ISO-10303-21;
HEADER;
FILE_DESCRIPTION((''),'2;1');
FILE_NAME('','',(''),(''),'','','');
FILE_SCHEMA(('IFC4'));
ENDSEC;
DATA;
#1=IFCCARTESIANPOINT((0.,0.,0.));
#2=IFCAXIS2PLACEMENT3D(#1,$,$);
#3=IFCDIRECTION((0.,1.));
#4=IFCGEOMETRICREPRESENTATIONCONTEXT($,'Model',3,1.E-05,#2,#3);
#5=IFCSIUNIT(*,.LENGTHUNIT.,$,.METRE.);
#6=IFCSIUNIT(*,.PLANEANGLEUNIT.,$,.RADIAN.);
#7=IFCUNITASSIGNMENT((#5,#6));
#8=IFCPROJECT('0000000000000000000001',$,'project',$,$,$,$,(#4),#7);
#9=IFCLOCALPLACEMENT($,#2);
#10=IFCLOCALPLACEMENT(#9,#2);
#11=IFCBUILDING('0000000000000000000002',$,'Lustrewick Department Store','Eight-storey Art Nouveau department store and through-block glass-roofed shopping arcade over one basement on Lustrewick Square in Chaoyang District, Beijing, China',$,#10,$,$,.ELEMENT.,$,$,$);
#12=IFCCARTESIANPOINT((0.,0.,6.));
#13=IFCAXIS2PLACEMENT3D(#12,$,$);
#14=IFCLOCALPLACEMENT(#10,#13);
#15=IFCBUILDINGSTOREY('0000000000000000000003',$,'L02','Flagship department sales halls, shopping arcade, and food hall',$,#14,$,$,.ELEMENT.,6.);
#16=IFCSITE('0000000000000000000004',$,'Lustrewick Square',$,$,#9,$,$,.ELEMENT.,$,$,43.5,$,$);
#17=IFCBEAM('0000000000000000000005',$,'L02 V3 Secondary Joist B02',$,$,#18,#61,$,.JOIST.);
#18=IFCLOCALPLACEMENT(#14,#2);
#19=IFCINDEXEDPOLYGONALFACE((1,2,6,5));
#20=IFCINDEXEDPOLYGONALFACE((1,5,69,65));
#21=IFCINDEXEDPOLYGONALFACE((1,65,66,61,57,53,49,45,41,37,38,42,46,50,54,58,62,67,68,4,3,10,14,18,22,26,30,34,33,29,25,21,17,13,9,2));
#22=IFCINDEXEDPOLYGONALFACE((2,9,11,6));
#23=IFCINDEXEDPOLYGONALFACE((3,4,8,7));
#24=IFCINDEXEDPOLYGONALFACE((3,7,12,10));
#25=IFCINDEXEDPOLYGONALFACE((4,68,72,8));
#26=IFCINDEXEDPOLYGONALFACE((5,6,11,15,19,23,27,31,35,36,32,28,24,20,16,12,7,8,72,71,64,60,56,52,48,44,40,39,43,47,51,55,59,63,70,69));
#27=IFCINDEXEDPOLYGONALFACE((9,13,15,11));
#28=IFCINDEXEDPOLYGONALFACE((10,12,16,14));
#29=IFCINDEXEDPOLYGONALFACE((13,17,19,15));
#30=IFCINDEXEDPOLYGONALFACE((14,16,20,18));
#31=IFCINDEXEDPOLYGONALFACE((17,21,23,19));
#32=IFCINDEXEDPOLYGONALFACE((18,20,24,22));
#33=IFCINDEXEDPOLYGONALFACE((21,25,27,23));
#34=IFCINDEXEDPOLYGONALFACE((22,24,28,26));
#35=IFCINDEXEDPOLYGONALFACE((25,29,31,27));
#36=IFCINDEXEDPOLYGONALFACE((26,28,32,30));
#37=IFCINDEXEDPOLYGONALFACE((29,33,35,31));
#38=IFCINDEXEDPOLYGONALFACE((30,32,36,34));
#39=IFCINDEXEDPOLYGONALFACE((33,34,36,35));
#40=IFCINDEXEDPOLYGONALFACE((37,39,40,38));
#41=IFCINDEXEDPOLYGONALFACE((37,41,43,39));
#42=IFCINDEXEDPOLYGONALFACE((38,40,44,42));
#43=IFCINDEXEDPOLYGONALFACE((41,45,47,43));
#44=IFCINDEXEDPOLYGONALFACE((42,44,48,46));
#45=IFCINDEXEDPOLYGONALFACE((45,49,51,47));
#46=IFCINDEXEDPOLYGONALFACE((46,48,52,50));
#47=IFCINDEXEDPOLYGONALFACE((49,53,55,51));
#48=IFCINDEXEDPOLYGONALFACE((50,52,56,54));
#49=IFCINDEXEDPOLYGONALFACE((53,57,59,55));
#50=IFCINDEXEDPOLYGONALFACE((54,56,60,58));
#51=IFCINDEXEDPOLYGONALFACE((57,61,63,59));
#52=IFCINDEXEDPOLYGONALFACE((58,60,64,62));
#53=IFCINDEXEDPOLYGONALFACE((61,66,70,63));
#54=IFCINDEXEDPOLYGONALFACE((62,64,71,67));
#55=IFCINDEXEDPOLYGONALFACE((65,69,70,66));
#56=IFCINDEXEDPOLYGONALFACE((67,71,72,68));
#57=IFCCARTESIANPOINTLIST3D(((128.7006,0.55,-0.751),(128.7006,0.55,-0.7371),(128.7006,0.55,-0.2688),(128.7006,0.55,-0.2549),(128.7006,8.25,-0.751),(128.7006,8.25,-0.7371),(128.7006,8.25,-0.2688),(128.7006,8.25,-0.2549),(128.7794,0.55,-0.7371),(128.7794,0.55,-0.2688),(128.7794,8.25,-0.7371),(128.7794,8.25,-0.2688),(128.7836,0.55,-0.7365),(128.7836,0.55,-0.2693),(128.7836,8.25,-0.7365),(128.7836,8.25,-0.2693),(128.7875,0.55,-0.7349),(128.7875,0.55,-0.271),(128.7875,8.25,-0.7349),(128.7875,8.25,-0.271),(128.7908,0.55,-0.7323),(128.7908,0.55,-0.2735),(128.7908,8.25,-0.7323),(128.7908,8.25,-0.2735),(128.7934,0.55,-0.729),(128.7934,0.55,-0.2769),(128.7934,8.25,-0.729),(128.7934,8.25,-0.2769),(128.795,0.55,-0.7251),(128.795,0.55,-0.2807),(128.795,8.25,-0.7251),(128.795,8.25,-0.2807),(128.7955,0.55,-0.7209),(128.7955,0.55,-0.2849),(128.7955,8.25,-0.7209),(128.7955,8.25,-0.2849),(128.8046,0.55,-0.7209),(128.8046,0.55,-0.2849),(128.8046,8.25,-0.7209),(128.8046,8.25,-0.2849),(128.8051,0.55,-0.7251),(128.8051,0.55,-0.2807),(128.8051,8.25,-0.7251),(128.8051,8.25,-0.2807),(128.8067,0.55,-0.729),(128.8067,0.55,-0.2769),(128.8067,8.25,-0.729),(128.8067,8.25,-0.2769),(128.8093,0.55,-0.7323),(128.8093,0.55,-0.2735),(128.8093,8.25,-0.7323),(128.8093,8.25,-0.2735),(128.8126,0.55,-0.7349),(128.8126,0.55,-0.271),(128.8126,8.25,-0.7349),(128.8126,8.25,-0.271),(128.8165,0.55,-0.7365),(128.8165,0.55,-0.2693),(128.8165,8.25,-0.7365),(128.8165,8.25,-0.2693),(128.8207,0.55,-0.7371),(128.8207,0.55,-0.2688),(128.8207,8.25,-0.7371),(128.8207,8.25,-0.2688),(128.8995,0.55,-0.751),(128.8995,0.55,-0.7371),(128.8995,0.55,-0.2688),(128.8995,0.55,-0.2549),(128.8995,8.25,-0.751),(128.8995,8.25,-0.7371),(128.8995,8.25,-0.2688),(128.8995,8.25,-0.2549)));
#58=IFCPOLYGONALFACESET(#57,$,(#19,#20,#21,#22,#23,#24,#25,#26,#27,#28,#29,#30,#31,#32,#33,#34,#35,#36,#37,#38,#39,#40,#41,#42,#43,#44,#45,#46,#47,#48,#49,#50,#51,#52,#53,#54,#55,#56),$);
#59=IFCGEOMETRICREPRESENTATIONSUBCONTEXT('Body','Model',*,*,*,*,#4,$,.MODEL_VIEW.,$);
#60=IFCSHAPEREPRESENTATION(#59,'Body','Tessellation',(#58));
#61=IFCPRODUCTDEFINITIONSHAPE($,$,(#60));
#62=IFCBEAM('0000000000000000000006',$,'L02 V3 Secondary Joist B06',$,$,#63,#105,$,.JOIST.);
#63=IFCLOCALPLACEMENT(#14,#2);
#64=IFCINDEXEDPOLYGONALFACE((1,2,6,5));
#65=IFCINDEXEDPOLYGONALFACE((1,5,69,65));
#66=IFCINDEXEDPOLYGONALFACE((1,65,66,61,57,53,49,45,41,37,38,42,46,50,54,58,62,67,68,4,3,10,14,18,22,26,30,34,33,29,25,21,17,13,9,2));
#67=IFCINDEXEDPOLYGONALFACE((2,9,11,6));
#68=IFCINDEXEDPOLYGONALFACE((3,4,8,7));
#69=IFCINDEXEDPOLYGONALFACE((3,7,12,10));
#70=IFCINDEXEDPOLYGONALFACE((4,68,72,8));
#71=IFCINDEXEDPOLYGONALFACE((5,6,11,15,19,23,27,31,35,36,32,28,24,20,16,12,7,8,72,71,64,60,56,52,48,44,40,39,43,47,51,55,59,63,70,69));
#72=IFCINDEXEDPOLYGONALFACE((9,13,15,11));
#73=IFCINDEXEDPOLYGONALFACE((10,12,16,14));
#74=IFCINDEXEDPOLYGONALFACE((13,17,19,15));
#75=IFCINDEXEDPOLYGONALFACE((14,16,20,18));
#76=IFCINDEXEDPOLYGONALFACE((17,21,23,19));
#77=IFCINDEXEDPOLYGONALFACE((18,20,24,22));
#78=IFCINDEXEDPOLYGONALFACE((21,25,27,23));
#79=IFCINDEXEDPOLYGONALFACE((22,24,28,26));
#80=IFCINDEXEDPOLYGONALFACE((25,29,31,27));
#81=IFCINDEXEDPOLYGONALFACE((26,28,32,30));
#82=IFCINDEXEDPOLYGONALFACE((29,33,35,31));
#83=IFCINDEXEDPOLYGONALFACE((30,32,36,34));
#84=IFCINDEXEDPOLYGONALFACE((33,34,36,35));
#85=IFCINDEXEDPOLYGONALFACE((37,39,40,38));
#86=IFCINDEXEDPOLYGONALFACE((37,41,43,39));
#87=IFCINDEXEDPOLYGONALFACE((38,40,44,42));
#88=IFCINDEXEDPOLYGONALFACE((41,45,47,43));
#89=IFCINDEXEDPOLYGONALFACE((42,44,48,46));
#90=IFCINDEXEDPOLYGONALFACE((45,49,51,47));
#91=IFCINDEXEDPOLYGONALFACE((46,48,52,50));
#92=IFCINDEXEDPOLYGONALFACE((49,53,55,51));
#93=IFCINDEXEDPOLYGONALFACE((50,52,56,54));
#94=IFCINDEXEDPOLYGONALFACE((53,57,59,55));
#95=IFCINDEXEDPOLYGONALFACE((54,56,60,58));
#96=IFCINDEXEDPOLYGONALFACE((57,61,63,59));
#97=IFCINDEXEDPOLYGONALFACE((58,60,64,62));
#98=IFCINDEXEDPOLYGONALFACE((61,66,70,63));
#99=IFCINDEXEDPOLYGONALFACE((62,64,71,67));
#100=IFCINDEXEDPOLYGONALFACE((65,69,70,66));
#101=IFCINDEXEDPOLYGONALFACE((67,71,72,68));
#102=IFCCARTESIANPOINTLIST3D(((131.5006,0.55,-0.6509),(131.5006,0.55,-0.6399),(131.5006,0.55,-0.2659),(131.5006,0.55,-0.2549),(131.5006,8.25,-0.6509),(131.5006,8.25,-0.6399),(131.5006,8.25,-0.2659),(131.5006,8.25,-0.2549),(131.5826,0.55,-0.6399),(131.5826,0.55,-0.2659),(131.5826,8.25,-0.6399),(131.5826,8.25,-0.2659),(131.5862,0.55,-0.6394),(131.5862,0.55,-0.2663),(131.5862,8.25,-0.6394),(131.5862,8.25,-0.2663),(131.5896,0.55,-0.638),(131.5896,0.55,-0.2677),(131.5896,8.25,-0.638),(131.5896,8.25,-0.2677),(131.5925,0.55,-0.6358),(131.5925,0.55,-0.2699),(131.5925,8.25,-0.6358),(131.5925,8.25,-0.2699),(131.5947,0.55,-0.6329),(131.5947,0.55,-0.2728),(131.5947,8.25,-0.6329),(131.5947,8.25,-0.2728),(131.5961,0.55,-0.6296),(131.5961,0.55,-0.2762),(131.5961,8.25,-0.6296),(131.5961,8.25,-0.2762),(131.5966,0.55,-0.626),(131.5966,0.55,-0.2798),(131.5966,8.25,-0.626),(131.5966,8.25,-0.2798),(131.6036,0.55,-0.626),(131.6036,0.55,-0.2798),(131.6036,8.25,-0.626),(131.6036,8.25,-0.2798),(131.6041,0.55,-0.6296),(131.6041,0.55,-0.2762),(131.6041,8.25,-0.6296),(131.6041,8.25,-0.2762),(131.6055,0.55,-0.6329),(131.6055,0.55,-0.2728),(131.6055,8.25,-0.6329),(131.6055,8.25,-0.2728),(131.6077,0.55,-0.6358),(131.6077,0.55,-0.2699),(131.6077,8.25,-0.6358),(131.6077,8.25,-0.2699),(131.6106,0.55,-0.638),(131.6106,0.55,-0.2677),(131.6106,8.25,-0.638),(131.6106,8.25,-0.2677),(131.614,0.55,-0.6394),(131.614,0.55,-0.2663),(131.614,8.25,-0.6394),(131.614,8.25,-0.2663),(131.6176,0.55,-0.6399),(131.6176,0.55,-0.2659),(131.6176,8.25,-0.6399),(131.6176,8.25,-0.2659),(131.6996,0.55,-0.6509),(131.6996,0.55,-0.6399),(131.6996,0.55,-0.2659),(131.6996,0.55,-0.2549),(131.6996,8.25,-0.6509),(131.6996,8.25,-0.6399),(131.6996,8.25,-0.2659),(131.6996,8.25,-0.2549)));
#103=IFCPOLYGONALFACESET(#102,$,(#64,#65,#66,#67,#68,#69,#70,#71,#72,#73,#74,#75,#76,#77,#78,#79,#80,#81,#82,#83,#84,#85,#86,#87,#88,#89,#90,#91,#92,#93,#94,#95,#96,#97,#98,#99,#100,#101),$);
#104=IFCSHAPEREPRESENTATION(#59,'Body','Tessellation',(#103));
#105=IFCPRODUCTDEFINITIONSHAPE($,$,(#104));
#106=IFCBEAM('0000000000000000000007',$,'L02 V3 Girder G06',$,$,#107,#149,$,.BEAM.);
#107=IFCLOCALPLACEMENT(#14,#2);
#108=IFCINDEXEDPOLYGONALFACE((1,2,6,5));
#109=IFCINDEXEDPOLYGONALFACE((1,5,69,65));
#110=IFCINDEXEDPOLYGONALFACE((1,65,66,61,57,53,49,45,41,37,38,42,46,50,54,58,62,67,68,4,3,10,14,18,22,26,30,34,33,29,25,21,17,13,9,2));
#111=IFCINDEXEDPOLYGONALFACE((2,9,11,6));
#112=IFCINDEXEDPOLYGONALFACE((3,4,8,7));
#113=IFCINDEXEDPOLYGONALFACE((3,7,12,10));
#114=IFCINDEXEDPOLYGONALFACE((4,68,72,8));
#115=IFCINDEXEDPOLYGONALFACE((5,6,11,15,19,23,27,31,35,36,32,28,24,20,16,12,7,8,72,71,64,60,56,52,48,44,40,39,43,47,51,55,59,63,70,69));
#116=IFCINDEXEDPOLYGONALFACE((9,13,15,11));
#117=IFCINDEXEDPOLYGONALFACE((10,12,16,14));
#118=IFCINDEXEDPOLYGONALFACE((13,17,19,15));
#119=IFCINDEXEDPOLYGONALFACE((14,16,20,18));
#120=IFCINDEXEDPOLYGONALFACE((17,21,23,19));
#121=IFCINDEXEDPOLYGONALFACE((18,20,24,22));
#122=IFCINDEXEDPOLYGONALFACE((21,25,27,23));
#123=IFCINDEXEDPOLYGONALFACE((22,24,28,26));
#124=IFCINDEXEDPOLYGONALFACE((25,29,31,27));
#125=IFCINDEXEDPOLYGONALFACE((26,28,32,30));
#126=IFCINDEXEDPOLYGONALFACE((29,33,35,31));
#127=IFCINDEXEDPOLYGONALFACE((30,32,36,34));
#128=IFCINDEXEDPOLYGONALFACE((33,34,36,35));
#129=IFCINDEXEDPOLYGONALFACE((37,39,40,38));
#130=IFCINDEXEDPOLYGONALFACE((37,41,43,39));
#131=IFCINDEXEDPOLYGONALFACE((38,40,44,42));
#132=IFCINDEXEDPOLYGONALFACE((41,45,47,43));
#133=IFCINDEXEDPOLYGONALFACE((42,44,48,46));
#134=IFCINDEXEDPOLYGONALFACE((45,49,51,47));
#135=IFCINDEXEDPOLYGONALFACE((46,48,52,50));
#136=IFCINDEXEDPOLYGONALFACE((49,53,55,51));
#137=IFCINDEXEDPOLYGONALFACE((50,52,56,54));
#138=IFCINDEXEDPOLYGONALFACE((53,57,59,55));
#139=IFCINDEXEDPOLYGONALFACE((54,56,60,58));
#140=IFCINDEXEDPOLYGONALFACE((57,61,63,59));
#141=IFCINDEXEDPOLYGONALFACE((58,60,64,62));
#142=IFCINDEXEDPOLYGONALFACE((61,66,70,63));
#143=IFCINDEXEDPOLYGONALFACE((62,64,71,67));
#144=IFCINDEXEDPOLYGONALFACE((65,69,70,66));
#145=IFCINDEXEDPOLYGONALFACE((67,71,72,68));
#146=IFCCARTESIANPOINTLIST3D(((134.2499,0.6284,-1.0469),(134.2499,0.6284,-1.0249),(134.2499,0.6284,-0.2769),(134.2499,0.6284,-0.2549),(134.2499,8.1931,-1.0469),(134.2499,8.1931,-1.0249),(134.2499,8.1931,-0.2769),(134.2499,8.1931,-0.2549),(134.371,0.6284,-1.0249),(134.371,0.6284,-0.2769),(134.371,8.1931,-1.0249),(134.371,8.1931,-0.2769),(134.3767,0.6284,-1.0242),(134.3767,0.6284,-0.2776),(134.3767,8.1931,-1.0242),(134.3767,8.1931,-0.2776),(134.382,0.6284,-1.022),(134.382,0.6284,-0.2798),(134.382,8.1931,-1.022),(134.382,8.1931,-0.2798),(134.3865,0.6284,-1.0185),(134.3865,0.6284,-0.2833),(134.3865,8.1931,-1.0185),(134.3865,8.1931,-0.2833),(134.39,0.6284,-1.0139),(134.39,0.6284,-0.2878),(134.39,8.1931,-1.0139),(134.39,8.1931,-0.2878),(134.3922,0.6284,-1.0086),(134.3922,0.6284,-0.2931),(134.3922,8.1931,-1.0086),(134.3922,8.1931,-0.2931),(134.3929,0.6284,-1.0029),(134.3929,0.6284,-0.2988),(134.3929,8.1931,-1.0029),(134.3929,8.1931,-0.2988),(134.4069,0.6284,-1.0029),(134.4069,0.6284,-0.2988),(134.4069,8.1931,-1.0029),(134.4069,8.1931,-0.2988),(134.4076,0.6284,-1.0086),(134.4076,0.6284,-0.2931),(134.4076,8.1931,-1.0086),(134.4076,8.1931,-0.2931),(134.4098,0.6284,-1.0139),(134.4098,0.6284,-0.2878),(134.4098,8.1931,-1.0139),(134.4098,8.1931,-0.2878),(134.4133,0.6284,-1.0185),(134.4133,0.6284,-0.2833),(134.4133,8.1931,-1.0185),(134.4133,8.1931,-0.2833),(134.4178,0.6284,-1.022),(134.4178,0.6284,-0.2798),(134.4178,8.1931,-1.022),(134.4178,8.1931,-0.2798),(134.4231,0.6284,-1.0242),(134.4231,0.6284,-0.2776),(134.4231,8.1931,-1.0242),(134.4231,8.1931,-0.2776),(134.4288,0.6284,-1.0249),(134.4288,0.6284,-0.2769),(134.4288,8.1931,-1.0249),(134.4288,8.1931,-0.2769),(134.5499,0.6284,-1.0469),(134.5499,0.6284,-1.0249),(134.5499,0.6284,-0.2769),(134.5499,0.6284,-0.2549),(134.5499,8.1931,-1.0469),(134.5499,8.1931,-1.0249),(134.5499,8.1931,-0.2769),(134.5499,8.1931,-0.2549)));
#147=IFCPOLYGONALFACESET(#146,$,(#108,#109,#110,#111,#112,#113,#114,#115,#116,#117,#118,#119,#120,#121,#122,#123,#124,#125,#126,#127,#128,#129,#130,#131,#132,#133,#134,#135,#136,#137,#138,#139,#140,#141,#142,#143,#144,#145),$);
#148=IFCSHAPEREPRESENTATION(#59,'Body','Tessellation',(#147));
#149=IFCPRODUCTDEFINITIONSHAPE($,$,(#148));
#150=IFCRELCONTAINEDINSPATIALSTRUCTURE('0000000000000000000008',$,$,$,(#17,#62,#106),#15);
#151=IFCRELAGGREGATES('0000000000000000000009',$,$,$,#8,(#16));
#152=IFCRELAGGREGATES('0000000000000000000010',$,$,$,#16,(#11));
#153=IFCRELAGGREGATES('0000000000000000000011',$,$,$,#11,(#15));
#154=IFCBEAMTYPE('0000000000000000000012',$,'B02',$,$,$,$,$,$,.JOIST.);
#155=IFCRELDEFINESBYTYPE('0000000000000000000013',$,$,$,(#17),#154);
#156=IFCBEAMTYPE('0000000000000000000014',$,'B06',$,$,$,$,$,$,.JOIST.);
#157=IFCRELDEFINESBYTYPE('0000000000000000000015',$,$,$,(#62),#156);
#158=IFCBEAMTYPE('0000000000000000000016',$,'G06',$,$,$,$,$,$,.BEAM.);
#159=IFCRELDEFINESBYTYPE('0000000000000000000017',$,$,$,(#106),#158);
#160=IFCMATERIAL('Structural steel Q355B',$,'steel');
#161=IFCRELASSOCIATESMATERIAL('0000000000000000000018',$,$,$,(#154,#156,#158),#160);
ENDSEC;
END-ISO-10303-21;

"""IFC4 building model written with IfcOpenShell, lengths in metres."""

from ifc_helpers import new_model, si_unit, direction, frame, origin, origin_2d, place, context, subcontext, project, spatial, i_section, extrude, material, material_profile, profile_set, type_object, element, save


model = new_model("IFC4")

# Units and contexts
model_context = context("Model", 3, precision=1e-05, world=origin(), true_north=direction((0.0, 1.0)))
body_context = subcontext(model_context, "Body", "Model", "MODEL_VIEW")
ifc_project = project(units=[si_unit("LENGTHUNIT", "METRE"), si_unit("PLANEANGLEUNIT", "RADIAN")], contexts=[model_context])

# Site, building, storey
site_placement = place(None, origin())
site = spatial("IfcSite", under=ifc_project, at=site_placement, Name="Lustrewick Square", CompositionType="ELEMENT", RefElevation=43.5)
building_placement = place(site_placement, origin())
building = spatial("IfcBuilding", under=site, at=building_placement, Name="Lustrewick Department Store", Description="Eight-storey Art Nouveau department store and through-block glass-roofed shopping arcade over one basement on Lustrewick Square in Chaoyang District, Beijing, China", CompositionType="ELEMENT")
storey_placement = place(building_placement, frame((0.0, 0.0, 6.0)))
storey = spatial("IfcBuildingStorey", under=building, at=storey_placement, Name="L02", Description="Flagship department sales halls, shopping arcade, and food hall", CompositionType="ELEMENT", Elevation=6.0)

# Shared definitions
ifc_material_1 = material(Name="Structural steel Q355B", Category="steel")

# Beams
ifc_material_profile_1 = material_profile(ifc_material_1, i_section(OverallWidth=0.199, OverallDepth=0.4961, WebThickness=0.009, FlangeThickness=0.0139, FilletRadius=0.0161, at=origin_2d()), Name="HN 496x199x9x14")
ifc_profile_set_1 = profile_set([ifc_material_profile_1], Name="Structural steel Q355B")
beam_type_1 = type_object("IfcBeamType", Name="B02", PredefinedType="JOIST", material=ifc_profile_set_1)
beam_1_placement = place(storey_placement, frame((128.8, 0.55, -0.5029), z_axis=(0.0, 1.0, 0.0), x_axis=(-1.0, 0.0, 0.0)))
element("IfcBeam", 1, at=beam_1_placement, inside=storey, type_object=beam_type_1, Name="L02 V3 Secondary Joist B02", PredefinedType="JOIST", context=body_context, shape_type="SweptSolid", body=[
    extrude(i_section(OverallWidth=0.199, OverallDepth=0.4961, WebThickness=0.009, FlangeThickness=0.0139, FilletRadius=0.0161, at=origin_2d()), origin(), (0.0, 0.0, 1.0), 7.7),
])
ifc_material_profile_2 = material_profile(ifc_material_1, i_section(OverallWidth=0.199, OverallDepth=0.396, WebThickness=0.0071, FlangeThickness=0.011, FilletRadius=0.0139, at=origin_2d()), Name="HN 396x199x7x11")
ifc_profile_set_2 = profile_set([ifc_material_profile_2], Name="Structural steel Q355B")
beam_type_2 = type_object("IfcBeamType", Name="B06", PredefinedType="JOIST", material=ifc_profile_set_2)
beam_2_placement = place(storey_placement, frame((131.6001, 0.55, -0.4529), z_axis=(0.0, 1.0, 0.0), x_axis=(-1.0, 0.0, 0.0)))
element("IfcBeam", 2, at=beam_2_placement, inside=storey, type_object=beam_type_2, Name="L02 V3 Secondary Joist B06", PredefinedType="JOIST", context=body_context, shape_type="SweptSolid", body=[
    extrude(i_section(OverallWidth=0.199, OverallDepth=0.396, WebThickness=0.0071, FlangeThickness=0.011, FilletRadius=0.0139, at=origin_2d()), origin(), (0.0, 0.0, 1.0), 7.7),
])
ifc_material_profile_3 = material_profile(ifc_material_1, i_section(OverallWidth=0.3, OverallDepth=0.792, WebThickness=0.0139, FlangeThickness=0.022, FilletRadius=0.022, at=origin_2d()), Name="HN 792x300x14x22")
ifc_profile_set_3 = profile_set([ifc_material_profile_3], Name="Structural steel Q355B")
beam_type_3 = type_object("IfcBeamType", Name="G06", PredefinedType="BEAM", material=ifc_profile_set_3)
beam_3_placement = place(storey_placement, frame((134.3999, 0.6284, -0.6509), z_axis=(0.0, 1.0, 0.0), x_axis=(-1.0, 0.0, 0.0)))
element("IfcBeam", 3, at=beam_3_placement, inside=storey, type_object=beam_type_3, Name="L02 V3 Girder G06", PredefinedType="BEAM", context=body_context, shape_type="SweptSolid", body=[
    extrude(i_section(OverallWidth=0.3, OverallDepth=0.792, WebThickness=0.0139, FlangeThickness=0.022, FilletRadius=0.022, at=origin_2d()), origin(), (0.0, 0.0, 1.0), 7.5647),
])

save(model, "model.ifc")
